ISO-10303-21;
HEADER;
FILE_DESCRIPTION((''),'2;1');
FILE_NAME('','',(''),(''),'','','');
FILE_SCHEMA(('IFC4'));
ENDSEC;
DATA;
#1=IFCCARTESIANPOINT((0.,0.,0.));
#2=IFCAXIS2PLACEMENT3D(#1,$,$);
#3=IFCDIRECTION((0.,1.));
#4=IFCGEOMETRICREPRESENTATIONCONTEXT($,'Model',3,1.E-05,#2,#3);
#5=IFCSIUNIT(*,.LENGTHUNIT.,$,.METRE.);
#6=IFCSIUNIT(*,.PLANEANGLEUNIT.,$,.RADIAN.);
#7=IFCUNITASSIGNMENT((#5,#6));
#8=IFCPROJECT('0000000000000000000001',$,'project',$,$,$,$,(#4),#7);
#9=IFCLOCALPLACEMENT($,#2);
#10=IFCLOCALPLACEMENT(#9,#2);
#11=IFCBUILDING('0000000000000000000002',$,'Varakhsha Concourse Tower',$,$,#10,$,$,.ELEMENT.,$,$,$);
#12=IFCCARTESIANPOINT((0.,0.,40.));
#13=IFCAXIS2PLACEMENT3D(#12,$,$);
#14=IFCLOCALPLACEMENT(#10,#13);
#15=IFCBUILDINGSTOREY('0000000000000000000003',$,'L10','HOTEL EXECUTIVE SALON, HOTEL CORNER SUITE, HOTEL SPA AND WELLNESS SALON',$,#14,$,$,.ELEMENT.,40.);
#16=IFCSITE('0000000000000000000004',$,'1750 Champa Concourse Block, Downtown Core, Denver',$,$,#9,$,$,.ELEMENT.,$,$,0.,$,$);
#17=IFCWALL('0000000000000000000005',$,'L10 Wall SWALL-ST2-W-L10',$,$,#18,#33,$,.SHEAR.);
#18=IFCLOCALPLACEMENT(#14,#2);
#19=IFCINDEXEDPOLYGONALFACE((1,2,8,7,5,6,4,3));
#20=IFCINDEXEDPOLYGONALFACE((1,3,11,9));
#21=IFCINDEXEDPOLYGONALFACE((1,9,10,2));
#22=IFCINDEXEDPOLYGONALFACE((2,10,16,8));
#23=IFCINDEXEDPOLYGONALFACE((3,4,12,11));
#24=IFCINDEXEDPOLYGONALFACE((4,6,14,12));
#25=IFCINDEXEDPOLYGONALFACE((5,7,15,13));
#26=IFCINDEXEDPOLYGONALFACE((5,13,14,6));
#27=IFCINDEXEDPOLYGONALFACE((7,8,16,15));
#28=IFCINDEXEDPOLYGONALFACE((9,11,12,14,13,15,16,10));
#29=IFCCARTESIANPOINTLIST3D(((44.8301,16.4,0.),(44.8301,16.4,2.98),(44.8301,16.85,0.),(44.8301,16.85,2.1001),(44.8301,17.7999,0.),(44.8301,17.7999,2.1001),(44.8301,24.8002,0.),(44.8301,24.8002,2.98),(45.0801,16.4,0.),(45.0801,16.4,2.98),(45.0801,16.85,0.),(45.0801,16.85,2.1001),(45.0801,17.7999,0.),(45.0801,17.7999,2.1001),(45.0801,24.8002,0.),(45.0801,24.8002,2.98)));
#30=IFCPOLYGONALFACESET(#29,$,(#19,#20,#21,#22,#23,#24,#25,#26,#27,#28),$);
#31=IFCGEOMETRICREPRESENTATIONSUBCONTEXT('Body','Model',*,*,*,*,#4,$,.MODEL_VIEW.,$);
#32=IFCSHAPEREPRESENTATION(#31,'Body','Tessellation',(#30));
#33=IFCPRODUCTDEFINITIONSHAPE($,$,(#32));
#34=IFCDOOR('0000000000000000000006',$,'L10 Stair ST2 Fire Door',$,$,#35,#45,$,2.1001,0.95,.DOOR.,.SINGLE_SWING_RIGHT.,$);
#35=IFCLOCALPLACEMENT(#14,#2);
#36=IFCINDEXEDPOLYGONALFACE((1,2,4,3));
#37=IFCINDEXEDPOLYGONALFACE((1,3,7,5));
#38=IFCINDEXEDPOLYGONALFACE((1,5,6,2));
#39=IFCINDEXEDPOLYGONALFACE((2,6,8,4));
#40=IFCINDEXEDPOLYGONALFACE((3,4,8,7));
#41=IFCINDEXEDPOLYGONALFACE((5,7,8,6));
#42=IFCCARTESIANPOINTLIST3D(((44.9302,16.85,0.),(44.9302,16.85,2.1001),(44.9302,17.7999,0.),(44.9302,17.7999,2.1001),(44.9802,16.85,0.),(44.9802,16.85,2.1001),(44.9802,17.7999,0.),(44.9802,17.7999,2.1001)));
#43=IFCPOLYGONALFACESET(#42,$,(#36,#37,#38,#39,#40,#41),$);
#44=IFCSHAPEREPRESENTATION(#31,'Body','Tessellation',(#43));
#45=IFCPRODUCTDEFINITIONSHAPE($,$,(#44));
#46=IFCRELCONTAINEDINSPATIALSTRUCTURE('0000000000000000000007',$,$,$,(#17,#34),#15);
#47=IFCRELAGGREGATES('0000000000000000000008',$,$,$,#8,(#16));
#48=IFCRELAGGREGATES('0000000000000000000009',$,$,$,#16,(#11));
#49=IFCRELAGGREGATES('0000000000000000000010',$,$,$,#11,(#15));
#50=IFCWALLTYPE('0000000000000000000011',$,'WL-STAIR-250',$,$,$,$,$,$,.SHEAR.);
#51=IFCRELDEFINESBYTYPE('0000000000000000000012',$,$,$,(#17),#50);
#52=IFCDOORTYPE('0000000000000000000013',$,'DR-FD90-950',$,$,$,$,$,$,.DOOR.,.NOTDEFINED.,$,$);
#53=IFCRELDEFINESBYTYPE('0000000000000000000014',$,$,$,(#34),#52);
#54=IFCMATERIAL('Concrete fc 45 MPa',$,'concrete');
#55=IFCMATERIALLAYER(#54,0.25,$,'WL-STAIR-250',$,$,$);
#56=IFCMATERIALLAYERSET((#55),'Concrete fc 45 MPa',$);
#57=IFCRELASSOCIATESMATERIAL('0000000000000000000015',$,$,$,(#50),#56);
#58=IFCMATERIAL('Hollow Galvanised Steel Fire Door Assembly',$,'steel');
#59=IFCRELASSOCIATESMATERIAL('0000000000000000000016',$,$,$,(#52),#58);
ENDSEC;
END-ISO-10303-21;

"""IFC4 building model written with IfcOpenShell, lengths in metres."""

from ifc_helpers import new_model, si_unit, direction, frame, frame_2d, origin, place, context, subcontext, project, spatial, rectangle, extrude, material, layer, layer_set, type_object, element, fill, save


model = new_model("IFC4")

# Units and contexts
model_context = context("Model", 3, precision=1e-05, world=origin(), true_north=direction((0.0, 1.0)))
body_context = subcontext(model_context, "Body", "Model", "MODEL_VIEW")
ifc_project = project(units=[si_unit("LENGTHUNIT", "METRE"), si_unit("PLANEANGLEUNIT", "RADIAN")], contexts=[model_context])

# Site, building, storey
site_placement = place(None, origin())
site = spatial("IfcSite", under=ifc_project, at=site_placement, Name="1750 Champa Concourse Block, Downtown Core, Denver", CompositionType="ELEMENT", RefElevation=0.0)
building_placement = place(site_placement, origin())
building = spatial("IfcBuilding", under=site, at=building_placement, Name="Varakhsha Concourse Tower", CompositionType="ELEMENT")
storey_placement = place(building_placement, frame((0.0, 0.0, 40.0)))
storey = spatial("IfcBuildingStorey", under=building, at=storey_placement, Name="L10", Description="HOTEL EXECUTIVE SALON, HOTEL CORNER SUITE, HOTEL SPA AND WELLNESS SALON", CompositionType="ELEMENT", Elevation=40.0)

# Shared definitions
ifc_material_1 = material(Name="Hollow Galvanised Steel Fire Door Assembly", Category="steel")

# Wall, opening, door
ifc_material_2 = material(Name="Concrete fc 45 MPa", Category="concrete")
ifc_layer_1 = layer(ifc_material_2, 0.25, Name="WL-STAIR-250")
ifc_layer_set_1 = layer_set([ifc_layer_1], Name="Concrete fc 45 MPa")
wall_type_1 = type_object("IfcWallType", Name="WL-STAIR-250", PredefinedType="SHEAR", material=ifc_layer_set_1)
wall_1_placement = place(storey_placement, frame((44.9551, 16.3999, 0.0), z_axis=(0.0, 0.0, 1.0), x_axis=(0.0, 1.0, 0.0)))
wall_1 = element("IfcWall", 1, at=wall_1_placement, inside=storey, type_object=wall_type_1, Name="L10 Wall SWALL-ST2-W-L10", PredefinedType="SHEAR", context=body_context, shape_type="SweptSolid", body=[
    extrude(rectangle(XDim=8.4001, YDim=0.25, at=frame_2d((4.2002, 0.0))), origin(), (0.0, 0.0, 1.0), 2.98),
])
opening_1_placement = place(wall_1_placement, frame((0.45, 0.0, 0.0)))
opening_1 = element("IfcOpeningElement", 2, at=opening_1_placement, cuts=wall_1, PredefinedType="OPENING", context=body_context, shape_type="SweptSolid", body=[
    extrude(rectangle(XDim=0.95, YDim=2.1001, at=frame_2d((0.4751, 1.05))), frame((0.0, 0.135, 0.0), z_axis=(0.0, -1.0, 0.0), x_axis=(1.0, 0.0, 0.0)), (0.0, 0.0, 1.0), 0.27),
])
door_type_1 = type_object("IfcDoorType", Name="DR-FD90-950", OperationType="NOTDEFINED", PredefinedType="DOOR", material=ifc_material_1)
door_1_placement = place(opening_1_placement, origin())
door_1 = element("IfcDoor", 3, at=door_1_placement, inside=storey, type_object=door_type_1, Name="L10 Stair ST2 Fire Door", OperationType="SINGLE_SWING_RIGHT", OverallHeight=2.1001, OverallWidth=0.95, PredefinedType="DOOR", context=body_context, shape_type="SweptSolid", body=[
    extrude(rectangle(XDim=0.95, YDim=2.1001, at=frame_2d((0.4751, 1.05))), frame((0.0, 0.0249, 0.0), z_axis=(0.0, -1.0, 0.0), x_axis=(1.0, 0.0, 0.0)), (0.0, 0.0, 1.0), 0.05),
])
fill(opening_1, door_1)

save(model, "model.ifc")
